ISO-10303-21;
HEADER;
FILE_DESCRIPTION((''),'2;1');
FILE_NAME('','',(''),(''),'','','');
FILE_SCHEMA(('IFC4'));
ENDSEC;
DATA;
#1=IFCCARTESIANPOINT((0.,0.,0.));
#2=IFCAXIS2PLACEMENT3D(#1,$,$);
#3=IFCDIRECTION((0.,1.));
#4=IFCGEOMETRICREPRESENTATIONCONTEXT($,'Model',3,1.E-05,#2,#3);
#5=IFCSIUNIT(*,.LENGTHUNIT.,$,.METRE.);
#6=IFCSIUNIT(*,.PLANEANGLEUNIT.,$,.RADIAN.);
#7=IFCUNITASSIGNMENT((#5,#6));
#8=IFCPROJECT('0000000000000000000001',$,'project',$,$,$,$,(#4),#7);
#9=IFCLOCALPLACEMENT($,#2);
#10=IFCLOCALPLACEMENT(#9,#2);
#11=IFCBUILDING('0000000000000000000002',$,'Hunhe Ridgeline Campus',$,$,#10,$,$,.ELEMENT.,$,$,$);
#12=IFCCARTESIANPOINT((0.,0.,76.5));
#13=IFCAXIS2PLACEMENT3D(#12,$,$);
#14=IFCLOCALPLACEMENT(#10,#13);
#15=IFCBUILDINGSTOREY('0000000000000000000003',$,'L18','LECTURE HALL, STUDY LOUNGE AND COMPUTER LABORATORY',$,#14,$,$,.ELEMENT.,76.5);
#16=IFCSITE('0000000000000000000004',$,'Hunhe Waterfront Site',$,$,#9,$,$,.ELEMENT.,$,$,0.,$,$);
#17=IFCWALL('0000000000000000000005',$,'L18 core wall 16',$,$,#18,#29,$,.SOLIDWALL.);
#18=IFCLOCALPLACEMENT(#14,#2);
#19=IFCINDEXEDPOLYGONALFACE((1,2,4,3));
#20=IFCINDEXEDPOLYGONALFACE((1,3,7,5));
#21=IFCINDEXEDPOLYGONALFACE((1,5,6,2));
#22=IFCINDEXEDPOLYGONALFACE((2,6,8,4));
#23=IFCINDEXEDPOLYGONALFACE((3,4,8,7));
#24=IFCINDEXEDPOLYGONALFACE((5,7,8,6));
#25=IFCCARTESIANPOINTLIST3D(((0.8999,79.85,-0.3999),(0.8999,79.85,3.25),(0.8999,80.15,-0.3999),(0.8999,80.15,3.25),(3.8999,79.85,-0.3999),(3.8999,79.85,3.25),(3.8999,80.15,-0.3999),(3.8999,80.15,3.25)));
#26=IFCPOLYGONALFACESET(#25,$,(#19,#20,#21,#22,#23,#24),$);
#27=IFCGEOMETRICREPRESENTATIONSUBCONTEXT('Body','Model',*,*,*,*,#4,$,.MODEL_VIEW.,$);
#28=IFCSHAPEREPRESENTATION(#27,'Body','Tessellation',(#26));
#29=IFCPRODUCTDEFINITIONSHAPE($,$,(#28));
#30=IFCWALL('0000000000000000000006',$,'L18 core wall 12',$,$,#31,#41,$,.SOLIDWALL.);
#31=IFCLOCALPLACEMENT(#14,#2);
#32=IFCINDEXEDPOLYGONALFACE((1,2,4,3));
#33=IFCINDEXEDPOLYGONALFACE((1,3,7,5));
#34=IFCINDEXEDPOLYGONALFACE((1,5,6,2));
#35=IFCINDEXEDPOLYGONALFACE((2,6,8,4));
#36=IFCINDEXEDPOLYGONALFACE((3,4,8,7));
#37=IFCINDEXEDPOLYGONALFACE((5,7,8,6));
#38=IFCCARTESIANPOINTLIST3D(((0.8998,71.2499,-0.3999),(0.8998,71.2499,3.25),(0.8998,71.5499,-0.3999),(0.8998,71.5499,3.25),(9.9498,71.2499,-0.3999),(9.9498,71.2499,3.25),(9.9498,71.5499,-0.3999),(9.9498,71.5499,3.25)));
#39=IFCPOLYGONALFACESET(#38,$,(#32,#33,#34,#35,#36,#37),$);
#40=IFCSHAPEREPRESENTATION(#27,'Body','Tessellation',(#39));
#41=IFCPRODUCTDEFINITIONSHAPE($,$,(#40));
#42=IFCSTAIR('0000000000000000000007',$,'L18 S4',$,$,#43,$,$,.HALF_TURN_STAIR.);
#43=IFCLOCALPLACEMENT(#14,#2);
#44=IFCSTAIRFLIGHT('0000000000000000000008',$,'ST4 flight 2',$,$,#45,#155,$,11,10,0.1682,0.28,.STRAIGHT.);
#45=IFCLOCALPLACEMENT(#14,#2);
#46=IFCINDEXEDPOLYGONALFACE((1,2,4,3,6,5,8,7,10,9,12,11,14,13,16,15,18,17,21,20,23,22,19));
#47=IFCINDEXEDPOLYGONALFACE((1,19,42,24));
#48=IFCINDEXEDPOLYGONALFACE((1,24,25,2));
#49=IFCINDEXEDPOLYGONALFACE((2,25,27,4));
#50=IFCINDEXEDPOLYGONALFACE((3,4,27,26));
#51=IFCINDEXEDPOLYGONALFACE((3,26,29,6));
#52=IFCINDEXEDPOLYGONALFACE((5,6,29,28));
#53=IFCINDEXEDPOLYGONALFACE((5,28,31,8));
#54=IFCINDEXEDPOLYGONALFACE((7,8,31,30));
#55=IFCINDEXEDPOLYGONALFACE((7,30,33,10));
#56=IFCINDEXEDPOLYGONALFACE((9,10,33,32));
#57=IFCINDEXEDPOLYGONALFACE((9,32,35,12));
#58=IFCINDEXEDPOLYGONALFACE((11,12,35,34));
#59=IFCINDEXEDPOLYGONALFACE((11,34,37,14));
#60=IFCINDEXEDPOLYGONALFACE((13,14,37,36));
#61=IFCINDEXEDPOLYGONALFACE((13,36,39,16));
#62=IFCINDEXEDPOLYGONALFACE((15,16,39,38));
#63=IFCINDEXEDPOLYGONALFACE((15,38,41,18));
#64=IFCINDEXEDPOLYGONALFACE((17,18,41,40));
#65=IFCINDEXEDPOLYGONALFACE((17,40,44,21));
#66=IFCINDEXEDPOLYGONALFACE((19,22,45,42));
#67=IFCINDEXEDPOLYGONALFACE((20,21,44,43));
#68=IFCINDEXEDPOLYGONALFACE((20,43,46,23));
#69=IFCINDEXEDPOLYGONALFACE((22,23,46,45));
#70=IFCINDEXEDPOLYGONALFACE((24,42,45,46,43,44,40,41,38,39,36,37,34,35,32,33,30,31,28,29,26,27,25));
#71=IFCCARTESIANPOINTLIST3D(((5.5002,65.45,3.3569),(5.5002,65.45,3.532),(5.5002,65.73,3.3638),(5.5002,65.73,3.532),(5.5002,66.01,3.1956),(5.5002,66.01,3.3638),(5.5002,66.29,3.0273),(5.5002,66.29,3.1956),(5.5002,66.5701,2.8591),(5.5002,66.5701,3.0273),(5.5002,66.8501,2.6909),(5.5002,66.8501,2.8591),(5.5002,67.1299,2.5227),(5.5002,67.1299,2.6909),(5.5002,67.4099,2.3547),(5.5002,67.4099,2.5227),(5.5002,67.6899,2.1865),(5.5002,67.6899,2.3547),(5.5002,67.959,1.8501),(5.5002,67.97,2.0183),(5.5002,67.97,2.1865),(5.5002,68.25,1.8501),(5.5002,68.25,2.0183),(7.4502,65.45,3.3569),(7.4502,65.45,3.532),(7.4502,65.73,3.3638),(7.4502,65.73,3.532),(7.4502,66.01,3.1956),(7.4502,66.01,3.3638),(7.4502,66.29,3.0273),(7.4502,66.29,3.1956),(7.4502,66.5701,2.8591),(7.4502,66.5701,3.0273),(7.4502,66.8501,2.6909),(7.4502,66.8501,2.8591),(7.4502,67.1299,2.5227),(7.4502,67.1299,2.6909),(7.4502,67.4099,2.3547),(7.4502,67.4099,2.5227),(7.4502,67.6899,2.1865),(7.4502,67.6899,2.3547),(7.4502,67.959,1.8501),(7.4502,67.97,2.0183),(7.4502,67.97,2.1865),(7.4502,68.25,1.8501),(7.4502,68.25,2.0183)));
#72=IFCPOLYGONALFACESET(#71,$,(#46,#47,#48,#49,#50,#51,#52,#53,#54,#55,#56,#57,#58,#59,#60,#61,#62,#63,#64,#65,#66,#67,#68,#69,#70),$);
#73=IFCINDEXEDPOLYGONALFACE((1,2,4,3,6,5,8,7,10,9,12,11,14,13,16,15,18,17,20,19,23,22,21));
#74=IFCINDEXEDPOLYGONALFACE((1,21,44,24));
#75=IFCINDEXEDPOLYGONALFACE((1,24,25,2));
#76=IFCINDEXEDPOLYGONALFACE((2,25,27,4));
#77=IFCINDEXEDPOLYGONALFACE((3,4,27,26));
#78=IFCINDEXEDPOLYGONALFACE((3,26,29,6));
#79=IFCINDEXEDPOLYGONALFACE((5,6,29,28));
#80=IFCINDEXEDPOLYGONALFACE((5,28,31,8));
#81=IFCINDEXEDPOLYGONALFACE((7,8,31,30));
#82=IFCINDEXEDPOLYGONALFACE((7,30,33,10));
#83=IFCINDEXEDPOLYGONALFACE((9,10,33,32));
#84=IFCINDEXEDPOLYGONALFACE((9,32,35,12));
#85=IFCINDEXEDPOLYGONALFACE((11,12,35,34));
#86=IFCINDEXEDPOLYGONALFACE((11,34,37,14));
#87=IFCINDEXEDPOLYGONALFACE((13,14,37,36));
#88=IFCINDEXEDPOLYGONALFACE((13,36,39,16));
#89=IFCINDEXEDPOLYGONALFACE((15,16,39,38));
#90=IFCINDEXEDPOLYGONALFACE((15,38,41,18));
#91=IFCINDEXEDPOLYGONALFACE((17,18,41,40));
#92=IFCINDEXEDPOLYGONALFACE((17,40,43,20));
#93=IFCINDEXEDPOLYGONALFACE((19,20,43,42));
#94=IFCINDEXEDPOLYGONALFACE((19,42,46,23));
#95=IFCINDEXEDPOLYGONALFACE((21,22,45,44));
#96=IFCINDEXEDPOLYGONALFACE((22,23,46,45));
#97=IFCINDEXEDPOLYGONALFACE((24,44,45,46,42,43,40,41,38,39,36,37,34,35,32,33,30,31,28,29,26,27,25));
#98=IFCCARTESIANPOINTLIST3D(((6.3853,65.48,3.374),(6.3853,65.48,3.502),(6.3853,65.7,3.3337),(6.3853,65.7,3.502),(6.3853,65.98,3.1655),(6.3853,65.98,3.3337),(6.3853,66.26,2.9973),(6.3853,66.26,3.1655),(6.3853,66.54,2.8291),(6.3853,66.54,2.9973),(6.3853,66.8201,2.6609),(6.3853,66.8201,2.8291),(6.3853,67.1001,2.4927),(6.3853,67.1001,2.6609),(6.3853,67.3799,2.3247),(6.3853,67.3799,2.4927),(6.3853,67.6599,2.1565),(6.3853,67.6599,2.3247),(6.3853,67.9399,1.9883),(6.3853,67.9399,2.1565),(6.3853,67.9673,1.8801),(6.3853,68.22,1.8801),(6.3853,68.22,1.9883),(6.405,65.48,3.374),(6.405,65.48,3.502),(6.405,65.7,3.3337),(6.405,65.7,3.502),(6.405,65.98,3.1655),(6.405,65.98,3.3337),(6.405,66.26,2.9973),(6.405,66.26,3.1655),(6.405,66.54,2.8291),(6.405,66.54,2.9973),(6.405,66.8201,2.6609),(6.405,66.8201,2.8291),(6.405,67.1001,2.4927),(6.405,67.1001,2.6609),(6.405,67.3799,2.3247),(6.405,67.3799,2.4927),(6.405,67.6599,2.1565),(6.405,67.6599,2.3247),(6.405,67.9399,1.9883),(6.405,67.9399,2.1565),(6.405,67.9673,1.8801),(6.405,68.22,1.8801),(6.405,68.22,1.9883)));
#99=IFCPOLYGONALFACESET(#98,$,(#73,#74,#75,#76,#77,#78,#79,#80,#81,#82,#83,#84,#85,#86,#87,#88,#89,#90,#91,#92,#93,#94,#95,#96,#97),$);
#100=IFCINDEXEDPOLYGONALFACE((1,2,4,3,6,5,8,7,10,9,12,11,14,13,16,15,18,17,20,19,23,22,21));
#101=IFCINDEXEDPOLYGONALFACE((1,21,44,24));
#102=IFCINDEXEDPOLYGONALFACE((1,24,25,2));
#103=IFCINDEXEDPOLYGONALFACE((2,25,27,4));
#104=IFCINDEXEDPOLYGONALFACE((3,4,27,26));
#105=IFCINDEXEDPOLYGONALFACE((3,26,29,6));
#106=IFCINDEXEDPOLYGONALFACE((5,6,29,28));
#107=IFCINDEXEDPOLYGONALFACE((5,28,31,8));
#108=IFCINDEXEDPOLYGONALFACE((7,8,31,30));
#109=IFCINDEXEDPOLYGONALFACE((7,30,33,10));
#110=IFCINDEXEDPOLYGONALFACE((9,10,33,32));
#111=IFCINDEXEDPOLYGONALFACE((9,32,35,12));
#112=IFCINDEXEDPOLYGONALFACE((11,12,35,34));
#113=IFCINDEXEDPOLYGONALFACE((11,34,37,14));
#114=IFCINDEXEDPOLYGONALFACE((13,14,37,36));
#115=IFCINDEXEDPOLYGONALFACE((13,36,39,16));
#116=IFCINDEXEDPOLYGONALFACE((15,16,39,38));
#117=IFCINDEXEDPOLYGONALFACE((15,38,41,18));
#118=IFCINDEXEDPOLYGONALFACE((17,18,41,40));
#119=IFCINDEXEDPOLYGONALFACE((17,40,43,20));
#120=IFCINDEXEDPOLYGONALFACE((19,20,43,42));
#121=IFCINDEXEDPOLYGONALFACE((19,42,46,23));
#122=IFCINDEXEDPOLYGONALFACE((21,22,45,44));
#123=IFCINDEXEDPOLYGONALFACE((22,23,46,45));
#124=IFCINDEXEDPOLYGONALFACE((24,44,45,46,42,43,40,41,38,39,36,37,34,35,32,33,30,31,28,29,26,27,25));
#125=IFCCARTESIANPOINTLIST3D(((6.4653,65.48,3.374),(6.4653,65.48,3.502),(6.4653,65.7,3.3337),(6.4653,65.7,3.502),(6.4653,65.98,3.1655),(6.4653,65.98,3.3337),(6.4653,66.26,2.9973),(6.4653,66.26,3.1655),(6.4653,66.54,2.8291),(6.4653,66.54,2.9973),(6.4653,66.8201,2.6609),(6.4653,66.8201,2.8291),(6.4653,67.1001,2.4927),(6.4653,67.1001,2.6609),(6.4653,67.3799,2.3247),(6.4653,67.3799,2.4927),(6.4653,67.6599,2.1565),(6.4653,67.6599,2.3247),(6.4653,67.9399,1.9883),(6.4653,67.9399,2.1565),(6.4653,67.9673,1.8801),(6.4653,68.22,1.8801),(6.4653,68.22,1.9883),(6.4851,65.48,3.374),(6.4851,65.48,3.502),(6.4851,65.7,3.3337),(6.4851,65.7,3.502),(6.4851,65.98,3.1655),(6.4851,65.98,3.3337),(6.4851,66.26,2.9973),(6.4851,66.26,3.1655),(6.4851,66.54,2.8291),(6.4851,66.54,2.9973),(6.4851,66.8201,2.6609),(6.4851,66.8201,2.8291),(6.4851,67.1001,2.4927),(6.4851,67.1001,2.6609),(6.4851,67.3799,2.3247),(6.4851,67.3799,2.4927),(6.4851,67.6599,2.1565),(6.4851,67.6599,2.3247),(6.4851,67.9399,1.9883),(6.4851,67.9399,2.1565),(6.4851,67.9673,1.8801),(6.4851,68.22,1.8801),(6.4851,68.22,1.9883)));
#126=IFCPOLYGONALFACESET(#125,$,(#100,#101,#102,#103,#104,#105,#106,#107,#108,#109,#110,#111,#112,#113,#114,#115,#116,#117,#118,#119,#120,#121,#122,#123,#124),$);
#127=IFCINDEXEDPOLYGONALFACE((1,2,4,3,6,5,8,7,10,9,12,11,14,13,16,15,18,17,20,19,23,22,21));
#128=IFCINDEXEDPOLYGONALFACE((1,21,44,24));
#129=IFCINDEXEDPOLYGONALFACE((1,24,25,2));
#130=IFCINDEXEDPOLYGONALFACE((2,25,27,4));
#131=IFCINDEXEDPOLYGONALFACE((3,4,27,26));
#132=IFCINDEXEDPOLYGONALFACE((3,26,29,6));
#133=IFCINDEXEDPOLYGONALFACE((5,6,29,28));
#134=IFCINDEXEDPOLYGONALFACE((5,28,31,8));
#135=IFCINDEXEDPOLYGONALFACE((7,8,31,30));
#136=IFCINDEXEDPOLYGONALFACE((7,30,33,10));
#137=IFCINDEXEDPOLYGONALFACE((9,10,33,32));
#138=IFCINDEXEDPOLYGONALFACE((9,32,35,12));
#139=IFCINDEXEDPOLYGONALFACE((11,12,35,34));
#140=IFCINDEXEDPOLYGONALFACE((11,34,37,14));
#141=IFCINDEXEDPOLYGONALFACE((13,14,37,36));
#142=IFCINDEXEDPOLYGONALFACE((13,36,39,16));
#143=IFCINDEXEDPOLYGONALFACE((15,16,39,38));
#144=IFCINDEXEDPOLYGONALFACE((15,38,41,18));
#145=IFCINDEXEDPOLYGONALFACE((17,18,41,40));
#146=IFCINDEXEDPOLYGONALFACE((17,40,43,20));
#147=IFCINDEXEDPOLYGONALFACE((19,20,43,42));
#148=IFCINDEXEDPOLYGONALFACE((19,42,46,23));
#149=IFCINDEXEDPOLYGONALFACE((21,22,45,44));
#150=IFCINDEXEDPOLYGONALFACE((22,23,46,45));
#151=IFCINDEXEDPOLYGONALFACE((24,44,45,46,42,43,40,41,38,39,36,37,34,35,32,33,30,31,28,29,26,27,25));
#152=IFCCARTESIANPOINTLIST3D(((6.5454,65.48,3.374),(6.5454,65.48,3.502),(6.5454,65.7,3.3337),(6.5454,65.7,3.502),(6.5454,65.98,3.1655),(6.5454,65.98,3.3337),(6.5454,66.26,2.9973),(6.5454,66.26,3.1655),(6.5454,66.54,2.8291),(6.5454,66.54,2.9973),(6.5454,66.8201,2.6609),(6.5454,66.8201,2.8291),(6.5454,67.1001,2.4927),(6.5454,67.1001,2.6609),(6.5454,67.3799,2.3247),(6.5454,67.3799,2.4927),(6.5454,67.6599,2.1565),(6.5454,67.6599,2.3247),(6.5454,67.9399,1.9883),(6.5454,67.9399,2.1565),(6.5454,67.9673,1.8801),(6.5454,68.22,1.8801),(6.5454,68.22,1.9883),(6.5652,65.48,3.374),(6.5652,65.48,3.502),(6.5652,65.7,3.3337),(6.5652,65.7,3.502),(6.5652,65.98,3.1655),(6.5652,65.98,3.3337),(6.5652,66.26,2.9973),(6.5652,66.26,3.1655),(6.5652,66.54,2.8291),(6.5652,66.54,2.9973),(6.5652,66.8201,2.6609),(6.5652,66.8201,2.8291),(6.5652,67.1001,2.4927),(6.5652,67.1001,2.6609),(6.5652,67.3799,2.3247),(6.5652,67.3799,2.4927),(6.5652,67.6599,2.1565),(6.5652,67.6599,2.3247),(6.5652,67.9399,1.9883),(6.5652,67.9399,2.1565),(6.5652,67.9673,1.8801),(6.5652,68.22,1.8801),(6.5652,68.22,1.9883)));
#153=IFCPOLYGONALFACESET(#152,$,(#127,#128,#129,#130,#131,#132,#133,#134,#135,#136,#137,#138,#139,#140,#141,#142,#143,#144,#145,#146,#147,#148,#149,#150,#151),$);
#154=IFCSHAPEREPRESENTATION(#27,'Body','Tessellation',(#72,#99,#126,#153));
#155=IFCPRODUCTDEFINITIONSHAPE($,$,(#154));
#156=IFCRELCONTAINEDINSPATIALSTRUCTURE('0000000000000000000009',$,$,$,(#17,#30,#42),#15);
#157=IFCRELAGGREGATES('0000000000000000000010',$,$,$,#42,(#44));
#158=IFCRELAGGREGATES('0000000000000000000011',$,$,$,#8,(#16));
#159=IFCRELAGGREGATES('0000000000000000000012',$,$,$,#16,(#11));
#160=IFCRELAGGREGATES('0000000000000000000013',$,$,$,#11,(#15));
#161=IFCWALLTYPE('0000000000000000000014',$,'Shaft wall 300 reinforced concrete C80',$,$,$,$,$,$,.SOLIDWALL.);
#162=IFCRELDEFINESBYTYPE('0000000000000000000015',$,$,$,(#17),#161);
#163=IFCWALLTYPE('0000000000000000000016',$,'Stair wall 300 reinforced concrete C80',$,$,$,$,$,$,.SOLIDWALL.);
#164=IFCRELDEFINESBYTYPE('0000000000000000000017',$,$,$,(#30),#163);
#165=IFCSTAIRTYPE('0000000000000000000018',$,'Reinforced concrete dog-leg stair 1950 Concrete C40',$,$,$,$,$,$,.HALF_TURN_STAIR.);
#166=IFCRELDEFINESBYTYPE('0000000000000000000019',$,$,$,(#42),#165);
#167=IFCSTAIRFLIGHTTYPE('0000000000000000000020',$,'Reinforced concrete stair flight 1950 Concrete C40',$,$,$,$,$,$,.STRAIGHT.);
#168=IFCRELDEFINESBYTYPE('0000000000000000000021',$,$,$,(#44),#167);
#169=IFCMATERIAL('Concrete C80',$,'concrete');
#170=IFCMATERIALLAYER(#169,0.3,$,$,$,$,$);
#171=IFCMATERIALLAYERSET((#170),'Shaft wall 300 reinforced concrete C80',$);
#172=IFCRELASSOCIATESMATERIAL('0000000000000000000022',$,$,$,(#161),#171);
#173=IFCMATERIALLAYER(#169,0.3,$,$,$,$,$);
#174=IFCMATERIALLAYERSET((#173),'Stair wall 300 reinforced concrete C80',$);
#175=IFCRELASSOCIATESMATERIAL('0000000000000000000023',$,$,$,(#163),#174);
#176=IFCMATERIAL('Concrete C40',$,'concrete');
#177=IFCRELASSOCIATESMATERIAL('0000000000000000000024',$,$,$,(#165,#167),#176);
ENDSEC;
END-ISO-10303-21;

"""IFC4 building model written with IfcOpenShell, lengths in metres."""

from ifc_helpers import new_model, si_unit, direction, frame, frame_2d, origin, place, context, subcontext, project, spatial, polyline, rectangle, outline, extrude, material, layer, layer_set, type_object, element, aggregate, save


model = new_model("IFC4")

# Units and contexts
model_context = context("Model", 3, precision=1e-05, world=origin(), true_north=direction((0.0, 1.0)))
body_context = subcontext(model_context, "Body", "Model", "MODEL_VIEW")
ifc_project = project(units=[si_unit("LENGTHUNIT", "METRE"), si_unit("PLANEANGLEUNIT", "RADIAN")], contexts=[model_context])

# Site, building, storey
site_placement = place(None, origin())
site = spatial("IfcSite", under=ifc_project, at=site_placement, Name="Hunhe Waterfront Site", CompositionType="ELEMENT", RefElevation=0.0)
building_placement = place(site_placement, origin())
building = spatial("IfcBuilding", under=site, at=building_placement, Name="Hunhe Ridgeline Campus", CompositionType="ELEMENT")
storey_placement = place(building_placement, frame((0.0, 0.0, 76.5)))
storey = spatial("IfcBuildingStorey", under=building, at=storey_placement, Name="L18", Description="LECTURE HALL, STUDY LOUNGE AND COMPUTER LABORATORY", CompositionType="ELEMENT", Elevation=76.5)

# Shared definitions
ifc_material_1 = material(Name="Concrete C80", Category="concrete")
ifc_layer_1 = layer(ifc_material_1, 0.3)
ifc_layer_set_1 = layer_set([ifc_layer_1], Name="Shaft wall 300 reinforced concrete C80")
wall_type_1 = type_object("IfcWallType", Name="Shaft wall 300 reinforced concrete C80", PredefinedType="SOLIDWALL", material=ifc_layer_set_1)

# Wall
wall_1_placement = place(storey_placement, frame((0.8999, 80.0, -0.3999), z_axis=(0.0, 0.0, 1.0), x_axis=(1.0, 0.0, 0.0)))
element("IfcWall", 1, at=wall_1_placement, inside=storey, type_object=wall_type_1, Name="L18 core wall 16", PredefinedType="SOLIDWALL", context=body_context, shape_type="SweptSolid", body=[
    extrude(rectangle(XDim=3.0, YDim=0.3, at=frame_2d((1.5, 0.0))), origin(), (0.0, 0.0, 1.0), 3.6499),
])

# Wall
ifc_layer_2 = layer(ifc_material_1, 0.3)
ifc_layer_set_2 = layer_set([ifc_layer_2], Name="Stair wall 300 reinforced concrete C80")
wall_type_2 = type_object("IfcWallType", Name="Stair wall 300 reinforced concrete C80", PredefinedType="SOLIDWALL", material=ifc_layer_set_2)
wall_2_placement = place(storey_placement, frame((0.8999, 71.3999, -0.3999), z_axis=(0.0, 0.0, 1.0), x_axis=(1.0, 0.0, 0.0)))
element("IfcWall", 2, at=wall_2_placement, inside=storey, type_object=wall_type_2, Name="L18 core wall 12", PredefinedType="SOLIDWALL", context=body_context, shape_type="SweptSolid", body=[
    extrude(rectangle(XDim=9.05, YDim=0.3, at=frame_2d((4.5249, 0.0))), origin(), (0.0, 0.0, 1.0), 3.6499),
])

# Stair, stair flight
ifc_material_2 = material(Name="Concrete C40", Category="concrete")
stair_type = type_object("IfcStairType", Name="Reinforced concrete dog-leg stair 1950 Concrete C40", PredefinedType="HALF_TURN_STAIR", material=ifc_material_2)
stair_placement = place(storey_placement, origin())
stair = element("IfcStair", 3, at=stair_placement, inside=storey, type_object=stair_type, Name="L18 S4", PredefinedType="HALF_TURN_STAIR")
stair_flight_type = type_object("IfcStairFlightType", Name="Reinforced concrete stair flight 1950 Concrete C40", PredefinedType="STRAIGHT", material=ifc_material_2)
stair_flight_placement = place(storey_placement, frame((6.4751, 68.25, 1.8501), z_axis=(0.0, 0.0, 1.0), x_axis=(0.0, -1.0, 0.0)))
stair_flight = element("IfcStairFlight", 4, at=stair_flight_placement, type_object=stair_flight_type, Name="ST4 flight 2", NumberOfRisers=11, NumberOfTreads=10, PredefinedType="STRAIGHT", RiserHeight=0.1682, TreadLength=0.28, context=body_context, shape_type="SweptSolid", body=[
    extrude(outline(polyline([(0.0, 0.0), (0.0, 0.1682), (0.28, 0.1682), (0.28, 0.3364), (0.5601, 0.3364), (0.5601, 0.5046), (0.8401, 0.5046), (0.8401, 0.6726), (1.1201, 0.6726), (1.1201, 0.8408), (1.3999, 0.8408), (1.3999, 1.009), (1.6799, 1.009), (1.6799, 1.1772), (1.96, 1.1772), (1.96, 1.3455), (2.24, 1.3455), (2.24, 1.5137), (2.52, 1.5137), (2.52, 1.6819), (2.8, 1.6819), (2.8, 1.8501), (2.8, 1.5068), (0.291, 0.0), (0.0, 0.0)])), frame((0.0, 0.9751, 0.0), z_axis=(0.0, -1.0, 0.0), x_axis=(1.0, 0.0, 0.0)), (0.0, 0.0, 1.0), 1.95),
    extrude(outline(polyline([(0.03, 0.03), (0.03, 0.1382), (0.3101, 0.1382), (0.3101, 0.3064), (0.5901, 0.3064), (0.5901, 0.4746), (0.8701, 0.4746), (0.8701, 0.6426), (1.1499, 0.6426), (1.1499, 0.8108), (1.4299, 0.8108), (1.4299, 0.979), (1.71, 0.979), (1.71, 1.1472), (1.99, 1.1472), (1.99, 1.3154), (2.27, 1.3154), (2.27, 1.4836), (2.55, 1.4836), (2.55, 1.6519), (2.77, 1.6519), (2.77, 1.5239), (0.2827, 0.03), (0.03, 0.03)])), frame((0.0, -0.0701, 0.0), z_axis=(0.0, -1.0, 0.0), x_axis=(1.0, 0.0, 0.0)), (0.0, 0.0, 1.0), 0.0198),
    extrude(outline(polyline([(0.03, 0.03), (0.03, 0.1382), (0.3101, 0.1382), (0.3101, 0.3064), (0.5901, 0.3064), (0.5901, 0.4746), (0.8701, 0.4746), (0.8701, 0.6426), (1.1499, 0.6426), (1.1499, 0.8108), (1.4299, 0.8108), (1.4299, 0.979), (1.71, 0.979), (1.71, 1.1472), (1.99, 1.1472), (1.99, 1.3154), (2.27, 1.3154), (2.27, 1.4836), (2.55, 1.4836), (2.55, 1.6519), (2.77, 1.6519), (2.77, 1.5239), (0.2827, 0.03), (0.03, 0.03)])), frame((0.0, 0.01, 0.0), z_axis=(0.0, -1.0, 0.0), x_axis=(1.0, 0.0, 0.0)), (0.0, 0.0, 1.0), 0.0198),
    extrude(outline(polyline([(0.03, 0.03), (0.03, 0.1382), (0.3101, 0.1382), (0.3101, 0.3064), (0.5901, 0.3064), (0.5901, 0.4746), (0.8701, 0.4746), (0.8701, 0.6426), (1.1499, 0.6426), (1.1499, 0.8108), (1.4299, 0.8108), (1.4299, 0.979), (1.71, 0.979), (1.71, 1.1472), (1.99, 1.1472), (1.99, 1.3154), (2.27, 1.3154), (2.27, 1.4836), (2.55, 1.4836), (2.55, 1.6519), (2.77, 1.6519), (2.77, 1.5239), (0.2827, 0.03), (0.03, 0.03)])), frame((0.0, 0.0901, 0.0), z_axis=(0.0, -1.0, 0.0), x_axis=(1.0, 0.0, 0.0)), (0.0, 0.0, 1.0), 0.0198),
])
aggregate(stair, [stair_flight])

save(model, "model.ifc")
